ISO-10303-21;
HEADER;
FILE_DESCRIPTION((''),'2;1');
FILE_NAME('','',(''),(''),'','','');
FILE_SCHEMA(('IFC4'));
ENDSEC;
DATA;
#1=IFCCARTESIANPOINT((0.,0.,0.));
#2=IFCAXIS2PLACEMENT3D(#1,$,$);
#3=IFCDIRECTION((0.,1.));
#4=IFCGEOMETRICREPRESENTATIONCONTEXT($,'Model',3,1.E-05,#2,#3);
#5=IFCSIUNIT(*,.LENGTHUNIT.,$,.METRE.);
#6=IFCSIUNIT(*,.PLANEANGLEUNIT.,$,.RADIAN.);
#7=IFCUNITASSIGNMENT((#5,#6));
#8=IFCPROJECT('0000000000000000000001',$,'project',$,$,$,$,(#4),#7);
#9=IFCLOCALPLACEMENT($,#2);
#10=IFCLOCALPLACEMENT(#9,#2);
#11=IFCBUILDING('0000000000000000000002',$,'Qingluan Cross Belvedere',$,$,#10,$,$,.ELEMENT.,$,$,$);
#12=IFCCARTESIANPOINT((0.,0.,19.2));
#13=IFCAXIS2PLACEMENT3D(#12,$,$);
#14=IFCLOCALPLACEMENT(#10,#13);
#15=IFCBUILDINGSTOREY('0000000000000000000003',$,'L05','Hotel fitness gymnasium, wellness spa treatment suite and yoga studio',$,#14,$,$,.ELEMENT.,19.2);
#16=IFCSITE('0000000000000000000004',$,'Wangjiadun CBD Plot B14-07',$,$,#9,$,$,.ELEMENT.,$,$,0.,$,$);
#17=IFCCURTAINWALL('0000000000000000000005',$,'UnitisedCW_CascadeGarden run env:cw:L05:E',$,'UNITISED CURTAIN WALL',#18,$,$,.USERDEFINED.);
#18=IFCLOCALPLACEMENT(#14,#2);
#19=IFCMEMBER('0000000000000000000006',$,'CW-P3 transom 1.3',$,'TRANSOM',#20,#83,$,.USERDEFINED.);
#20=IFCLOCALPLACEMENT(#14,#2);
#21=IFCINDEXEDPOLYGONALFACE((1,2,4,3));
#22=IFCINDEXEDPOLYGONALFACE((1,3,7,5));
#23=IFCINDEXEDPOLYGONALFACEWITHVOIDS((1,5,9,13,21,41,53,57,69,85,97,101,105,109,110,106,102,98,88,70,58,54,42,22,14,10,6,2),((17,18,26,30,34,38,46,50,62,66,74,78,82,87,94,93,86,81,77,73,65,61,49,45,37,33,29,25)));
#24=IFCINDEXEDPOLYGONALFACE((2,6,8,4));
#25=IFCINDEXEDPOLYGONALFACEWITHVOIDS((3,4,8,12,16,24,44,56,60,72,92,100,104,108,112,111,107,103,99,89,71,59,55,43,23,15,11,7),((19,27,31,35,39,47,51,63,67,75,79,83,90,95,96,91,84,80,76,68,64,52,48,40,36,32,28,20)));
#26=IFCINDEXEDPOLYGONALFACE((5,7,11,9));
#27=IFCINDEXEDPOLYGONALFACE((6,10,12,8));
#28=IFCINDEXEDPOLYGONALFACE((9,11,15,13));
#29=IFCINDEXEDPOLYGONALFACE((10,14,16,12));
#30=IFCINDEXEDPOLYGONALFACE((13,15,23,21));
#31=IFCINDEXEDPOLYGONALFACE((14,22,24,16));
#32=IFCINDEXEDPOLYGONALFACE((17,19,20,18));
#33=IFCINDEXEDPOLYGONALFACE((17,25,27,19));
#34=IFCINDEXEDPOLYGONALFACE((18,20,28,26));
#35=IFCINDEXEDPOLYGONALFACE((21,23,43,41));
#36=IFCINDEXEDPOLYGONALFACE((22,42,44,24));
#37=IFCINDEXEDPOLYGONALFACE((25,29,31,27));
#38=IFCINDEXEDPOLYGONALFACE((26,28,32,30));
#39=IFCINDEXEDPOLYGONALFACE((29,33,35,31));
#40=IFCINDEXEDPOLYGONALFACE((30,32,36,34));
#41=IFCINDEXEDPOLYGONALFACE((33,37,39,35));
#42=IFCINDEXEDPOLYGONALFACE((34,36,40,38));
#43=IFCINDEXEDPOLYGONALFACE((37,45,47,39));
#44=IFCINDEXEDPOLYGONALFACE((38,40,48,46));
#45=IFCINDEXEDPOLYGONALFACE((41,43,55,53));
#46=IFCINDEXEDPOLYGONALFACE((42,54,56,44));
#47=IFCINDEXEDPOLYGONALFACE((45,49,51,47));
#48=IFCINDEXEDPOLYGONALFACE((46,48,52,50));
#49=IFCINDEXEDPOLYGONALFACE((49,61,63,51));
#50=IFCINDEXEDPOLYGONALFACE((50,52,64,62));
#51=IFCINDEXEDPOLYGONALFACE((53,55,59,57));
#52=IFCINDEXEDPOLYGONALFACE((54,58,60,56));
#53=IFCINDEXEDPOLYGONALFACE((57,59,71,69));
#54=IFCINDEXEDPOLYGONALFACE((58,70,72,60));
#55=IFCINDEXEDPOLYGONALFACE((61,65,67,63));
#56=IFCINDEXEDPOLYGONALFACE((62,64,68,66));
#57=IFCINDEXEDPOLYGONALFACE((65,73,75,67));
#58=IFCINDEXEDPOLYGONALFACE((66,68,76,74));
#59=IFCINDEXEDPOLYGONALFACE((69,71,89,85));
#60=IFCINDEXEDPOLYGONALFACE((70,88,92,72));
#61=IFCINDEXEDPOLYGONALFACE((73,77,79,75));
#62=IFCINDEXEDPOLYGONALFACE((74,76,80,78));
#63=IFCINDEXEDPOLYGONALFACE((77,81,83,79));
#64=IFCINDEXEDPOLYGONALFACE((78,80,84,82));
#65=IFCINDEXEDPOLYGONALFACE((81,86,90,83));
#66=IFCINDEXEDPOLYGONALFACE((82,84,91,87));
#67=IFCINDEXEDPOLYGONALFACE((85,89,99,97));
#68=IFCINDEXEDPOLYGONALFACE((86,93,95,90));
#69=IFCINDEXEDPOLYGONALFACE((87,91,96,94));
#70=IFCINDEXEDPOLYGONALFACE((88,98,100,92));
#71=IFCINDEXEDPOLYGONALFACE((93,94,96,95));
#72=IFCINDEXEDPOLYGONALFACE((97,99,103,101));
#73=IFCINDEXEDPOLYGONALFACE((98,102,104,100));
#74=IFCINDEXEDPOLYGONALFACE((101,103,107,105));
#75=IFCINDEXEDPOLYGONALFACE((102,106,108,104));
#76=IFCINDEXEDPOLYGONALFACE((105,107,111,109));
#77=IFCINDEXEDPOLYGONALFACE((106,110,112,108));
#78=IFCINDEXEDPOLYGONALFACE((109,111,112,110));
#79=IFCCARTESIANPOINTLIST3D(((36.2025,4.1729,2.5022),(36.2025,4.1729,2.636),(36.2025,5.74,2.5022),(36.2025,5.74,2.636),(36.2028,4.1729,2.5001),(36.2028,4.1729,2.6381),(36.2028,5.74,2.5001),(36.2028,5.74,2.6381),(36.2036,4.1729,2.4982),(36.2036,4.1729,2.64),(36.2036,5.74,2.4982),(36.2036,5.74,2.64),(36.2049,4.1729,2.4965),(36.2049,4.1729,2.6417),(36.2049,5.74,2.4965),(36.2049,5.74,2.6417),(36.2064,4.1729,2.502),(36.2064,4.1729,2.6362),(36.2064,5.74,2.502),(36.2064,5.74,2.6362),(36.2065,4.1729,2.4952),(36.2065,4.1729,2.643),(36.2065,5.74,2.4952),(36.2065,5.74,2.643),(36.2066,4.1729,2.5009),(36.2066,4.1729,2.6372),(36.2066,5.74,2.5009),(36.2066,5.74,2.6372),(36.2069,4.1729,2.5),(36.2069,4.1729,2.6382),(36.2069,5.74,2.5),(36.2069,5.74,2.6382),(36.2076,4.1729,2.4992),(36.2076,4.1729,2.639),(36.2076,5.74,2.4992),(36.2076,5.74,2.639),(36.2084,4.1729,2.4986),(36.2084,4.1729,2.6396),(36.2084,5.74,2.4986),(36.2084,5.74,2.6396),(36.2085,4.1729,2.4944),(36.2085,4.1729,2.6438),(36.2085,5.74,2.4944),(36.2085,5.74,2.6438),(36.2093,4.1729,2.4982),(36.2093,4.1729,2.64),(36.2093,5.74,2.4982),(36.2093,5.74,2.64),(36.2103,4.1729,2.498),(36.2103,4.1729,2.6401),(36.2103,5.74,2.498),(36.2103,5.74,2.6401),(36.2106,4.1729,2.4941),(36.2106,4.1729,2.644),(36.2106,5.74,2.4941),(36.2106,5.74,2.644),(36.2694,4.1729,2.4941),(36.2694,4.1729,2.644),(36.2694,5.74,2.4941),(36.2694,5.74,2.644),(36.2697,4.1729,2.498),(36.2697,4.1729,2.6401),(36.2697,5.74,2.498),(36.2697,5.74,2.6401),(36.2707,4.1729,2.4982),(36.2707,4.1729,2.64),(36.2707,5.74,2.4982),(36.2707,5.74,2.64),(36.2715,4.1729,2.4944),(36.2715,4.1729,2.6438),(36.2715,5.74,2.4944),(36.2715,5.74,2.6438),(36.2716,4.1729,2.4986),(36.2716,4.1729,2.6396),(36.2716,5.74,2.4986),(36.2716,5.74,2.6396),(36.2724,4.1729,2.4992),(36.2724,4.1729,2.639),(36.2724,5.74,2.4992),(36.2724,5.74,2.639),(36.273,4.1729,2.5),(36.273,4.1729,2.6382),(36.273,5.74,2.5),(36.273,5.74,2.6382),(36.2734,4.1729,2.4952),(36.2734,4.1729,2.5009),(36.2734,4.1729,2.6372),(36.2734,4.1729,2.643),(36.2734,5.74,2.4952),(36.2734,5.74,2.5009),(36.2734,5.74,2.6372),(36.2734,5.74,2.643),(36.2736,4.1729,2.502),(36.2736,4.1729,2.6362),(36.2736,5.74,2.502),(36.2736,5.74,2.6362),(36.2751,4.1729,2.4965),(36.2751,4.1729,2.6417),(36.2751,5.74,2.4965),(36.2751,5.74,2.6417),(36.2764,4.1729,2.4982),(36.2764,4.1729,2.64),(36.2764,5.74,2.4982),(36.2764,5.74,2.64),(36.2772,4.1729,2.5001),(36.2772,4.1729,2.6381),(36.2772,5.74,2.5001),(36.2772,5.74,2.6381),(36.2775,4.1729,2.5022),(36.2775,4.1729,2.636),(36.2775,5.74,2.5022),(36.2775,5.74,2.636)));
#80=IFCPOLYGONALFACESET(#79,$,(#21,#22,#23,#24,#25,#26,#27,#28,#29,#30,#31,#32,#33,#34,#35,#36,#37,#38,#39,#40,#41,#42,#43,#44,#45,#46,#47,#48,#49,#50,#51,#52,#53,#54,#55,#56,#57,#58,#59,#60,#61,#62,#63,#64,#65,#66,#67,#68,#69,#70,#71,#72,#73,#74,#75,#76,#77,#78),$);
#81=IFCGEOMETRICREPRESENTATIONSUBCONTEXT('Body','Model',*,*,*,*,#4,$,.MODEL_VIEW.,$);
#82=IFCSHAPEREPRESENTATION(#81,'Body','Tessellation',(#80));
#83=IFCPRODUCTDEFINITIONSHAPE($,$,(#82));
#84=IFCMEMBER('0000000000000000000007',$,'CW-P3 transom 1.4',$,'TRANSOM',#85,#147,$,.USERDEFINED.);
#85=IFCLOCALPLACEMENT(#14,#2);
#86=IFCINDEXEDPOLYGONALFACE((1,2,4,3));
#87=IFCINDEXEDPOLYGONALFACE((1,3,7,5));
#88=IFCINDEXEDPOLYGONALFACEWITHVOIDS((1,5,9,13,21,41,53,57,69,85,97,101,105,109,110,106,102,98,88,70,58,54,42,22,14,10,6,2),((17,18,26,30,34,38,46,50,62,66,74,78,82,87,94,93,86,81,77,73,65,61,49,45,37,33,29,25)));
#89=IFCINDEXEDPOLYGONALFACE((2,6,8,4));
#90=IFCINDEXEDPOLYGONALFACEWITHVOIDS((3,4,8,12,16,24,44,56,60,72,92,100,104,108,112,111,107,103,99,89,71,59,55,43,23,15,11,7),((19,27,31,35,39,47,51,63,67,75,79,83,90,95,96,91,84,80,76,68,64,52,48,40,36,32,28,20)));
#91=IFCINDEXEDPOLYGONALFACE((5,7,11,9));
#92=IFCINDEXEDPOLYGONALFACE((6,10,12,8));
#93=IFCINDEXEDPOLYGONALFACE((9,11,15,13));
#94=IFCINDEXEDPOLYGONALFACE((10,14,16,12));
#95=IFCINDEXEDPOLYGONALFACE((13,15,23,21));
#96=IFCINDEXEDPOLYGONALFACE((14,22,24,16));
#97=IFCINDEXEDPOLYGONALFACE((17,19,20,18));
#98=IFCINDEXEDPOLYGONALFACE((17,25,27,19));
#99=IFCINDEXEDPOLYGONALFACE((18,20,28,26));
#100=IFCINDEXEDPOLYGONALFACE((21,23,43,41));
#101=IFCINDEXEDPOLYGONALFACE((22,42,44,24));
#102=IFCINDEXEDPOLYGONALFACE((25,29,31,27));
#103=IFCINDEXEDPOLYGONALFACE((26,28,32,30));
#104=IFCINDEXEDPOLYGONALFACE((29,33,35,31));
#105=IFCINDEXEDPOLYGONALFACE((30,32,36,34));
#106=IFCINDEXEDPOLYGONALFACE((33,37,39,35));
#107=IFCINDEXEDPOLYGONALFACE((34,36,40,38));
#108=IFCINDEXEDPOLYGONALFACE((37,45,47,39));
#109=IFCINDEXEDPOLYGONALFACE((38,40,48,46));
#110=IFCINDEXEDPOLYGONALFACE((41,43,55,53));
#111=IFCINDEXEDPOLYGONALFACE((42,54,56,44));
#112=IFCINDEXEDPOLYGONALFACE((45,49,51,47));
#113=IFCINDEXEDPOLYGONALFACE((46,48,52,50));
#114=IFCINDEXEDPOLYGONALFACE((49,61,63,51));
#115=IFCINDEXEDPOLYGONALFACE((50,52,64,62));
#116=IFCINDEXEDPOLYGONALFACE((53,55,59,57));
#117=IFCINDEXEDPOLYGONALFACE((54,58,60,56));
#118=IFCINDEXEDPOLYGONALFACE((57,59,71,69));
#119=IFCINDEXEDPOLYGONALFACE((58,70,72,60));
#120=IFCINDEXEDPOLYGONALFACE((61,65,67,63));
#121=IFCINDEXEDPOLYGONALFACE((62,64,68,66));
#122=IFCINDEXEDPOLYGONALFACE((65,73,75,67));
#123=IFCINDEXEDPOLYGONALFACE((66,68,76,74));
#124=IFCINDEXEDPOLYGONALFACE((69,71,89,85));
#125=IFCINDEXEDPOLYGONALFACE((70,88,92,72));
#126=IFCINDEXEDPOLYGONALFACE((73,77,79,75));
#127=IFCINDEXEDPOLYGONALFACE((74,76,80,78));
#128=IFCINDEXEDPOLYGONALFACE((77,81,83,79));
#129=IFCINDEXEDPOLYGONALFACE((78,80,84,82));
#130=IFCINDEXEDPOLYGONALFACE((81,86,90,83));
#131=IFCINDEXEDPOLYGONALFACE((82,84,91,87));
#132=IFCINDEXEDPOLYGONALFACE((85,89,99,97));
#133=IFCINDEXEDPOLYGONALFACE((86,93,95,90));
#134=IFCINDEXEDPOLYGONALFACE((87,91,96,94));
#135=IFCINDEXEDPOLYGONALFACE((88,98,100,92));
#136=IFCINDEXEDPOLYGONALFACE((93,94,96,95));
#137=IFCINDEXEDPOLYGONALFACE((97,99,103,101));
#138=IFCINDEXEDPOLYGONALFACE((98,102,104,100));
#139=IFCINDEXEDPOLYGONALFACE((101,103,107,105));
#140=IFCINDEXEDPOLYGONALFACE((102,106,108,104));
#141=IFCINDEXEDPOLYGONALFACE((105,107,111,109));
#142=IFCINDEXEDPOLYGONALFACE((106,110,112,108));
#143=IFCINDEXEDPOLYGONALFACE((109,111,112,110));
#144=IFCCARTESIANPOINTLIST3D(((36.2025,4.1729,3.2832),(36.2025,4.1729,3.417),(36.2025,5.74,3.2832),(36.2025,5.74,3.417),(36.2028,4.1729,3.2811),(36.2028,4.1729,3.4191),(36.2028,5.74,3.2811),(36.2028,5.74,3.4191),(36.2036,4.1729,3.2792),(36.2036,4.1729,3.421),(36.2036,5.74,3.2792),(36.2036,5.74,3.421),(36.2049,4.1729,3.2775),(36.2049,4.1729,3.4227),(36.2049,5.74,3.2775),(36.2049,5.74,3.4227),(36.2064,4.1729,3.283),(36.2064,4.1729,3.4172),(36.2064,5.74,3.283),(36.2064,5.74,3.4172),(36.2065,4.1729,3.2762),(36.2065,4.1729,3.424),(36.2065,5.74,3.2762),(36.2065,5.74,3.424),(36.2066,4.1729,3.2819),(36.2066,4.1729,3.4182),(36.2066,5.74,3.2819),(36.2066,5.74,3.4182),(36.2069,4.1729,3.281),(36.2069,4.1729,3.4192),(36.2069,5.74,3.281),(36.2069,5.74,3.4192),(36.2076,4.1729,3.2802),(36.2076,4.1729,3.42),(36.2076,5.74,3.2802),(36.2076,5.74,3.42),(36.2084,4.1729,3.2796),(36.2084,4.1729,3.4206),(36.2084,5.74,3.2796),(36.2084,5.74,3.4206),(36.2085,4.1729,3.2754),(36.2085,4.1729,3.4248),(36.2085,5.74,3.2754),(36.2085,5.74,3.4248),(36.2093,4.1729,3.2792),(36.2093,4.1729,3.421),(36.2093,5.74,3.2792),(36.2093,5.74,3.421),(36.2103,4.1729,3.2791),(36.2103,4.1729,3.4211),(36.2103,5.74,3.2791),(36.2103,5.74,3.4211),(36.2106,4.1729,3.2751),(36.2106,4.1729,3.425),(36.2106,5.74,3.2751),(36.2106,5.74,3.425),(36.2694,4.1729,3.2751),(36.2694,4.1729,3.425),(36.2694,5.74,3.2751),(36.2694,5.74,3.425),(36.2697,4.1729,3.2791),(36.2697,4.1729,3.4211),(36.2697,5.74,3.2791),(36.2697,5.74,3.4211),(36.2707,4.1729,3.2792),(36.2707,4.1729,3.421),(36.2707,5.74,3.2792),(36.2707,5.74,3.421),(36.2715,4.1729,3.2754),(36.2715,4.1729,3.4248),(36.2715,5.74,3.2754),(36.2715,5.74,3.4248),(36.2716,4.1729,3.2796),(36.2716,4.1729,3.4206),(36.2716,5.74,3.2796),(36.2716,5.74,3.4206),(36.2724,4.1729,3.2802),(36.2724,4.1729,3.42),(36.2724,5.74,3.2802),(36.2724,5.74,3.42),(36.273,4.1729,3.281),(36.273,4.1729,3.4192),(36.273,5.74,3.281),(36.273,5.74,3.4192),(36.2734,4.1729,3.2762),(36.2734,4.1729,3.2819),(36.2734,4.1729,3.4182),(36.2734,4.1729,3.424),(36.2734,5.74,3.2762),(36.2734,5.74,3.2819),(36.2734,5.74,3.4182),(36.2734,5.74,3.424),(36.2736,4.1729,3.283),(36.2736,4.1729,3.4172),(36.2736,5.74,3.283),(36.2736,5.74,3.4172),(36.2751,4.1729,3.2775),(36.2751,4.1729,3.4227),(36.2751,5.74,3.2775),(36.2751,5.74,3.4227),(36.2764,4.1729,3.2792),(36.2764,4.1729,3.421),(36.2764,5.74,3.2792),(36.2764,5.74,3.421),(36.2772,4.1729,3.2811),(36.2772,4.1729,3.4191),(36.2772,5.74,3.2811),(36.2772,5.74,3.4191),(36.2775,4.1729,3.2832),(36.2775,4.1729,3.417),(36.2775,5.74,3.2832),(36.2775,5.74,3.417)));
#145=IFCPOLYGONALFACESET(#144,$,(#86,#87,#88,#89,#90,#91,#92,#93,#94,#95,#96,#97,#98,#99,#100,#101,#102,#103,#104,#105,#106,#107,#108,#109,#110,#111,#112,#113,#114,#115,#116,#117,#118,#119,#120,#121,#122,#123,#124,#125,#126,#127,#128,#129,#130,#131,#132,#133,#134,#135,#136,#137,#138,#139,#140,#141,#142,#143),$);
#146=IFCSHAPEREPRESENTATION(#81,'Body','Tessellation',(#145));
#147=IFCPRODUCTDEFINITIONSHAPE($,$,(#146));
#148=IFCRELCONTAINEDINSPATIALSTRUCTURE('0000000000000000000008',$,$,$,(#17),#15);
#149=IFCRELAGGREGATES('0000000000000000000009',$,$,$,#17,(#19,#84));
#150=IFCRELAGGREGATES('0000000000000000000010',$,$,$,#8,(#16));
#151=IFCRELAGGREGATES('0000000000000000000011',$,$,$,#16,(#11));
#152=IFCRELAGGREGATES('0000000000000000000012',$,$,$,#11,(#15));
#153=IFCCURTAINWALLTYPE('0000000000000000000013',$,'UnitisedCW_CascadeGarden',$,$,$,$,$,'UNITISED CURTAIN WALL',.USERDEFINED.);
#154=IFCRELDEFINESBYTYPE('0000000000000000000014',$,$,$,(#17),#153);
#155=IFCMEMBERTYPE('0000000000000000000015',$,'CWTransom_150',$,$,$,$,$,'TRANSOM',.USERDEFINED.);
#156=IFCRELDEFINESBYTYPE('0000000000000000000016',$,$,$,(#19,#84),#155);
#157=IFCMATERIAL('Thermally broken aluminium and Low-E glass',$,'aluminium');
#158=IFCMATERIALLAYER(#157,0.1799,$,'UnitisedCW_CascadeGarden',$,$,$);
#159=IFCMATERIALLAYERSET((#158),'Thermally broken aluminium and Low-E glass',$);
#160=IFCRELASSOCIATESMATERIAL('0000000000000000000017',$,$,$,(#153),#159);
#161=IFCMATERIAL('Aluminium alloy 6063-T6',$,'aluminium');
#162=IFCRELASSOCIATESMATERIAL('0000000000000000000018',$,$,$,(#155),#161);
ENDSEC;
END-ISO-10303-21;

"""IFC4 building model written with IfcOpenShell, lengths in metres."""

from ifc_helpers import new_model, si_unit, direction, frame, origin, origin_2d, place, context, subcontext, project, spatial, hollow_rectangle, extrude, material, layer, layer_set, material_profile, profile_set, type_object, element, aggregate, save


model = new_model("IFC4")

# Units and contexts
model_context = context("Model", 3, precision=1e-05, world=origin(), true_north=direction((0.0, 1.0)))
body_context = subcontext(model_context, "Body", "Model", "MODEL_VIEW")
ifc_project = project(units=[si_unit("LENGTHUNIT", "METRE"), si_unit("PLANEANGLEUNIT", "RADIAN")], contexts=[model_context])

# Site, building, storey
site_placement = place(None, origin())
site = spatial("IfcSite", under=ifc_project, at=site_placement, Name="Wangjiadun CBD Plot B14-07", CompositionType="ELEMENT", RefElevation=0.0)
building_placement = place(site_placement, origin())
building = spatial("IfcBuilding", under=site, at=building_placement, Name="Qingluan Cross Belvedere", CompositionType="ELEMENT")
storey_placement = place(building_placement, frame((0.0, 0.0, 19.2)))
storey = spatial("IfcBuildingStorey", under=building, at=storey_placement, Name="L05", Description="Hotel fitness gymnasium, wellness spa treatment suite and yoga studio", CompositionType="ELEMENT", Elevation=19.2)

# Curtain wall, members
ifc_material_1 = material(Name="Thermally broken aluminium and Low-E glass", Category="aluminium")
ifc_layer_1 = layer(ifc_material_1, 0.1799, Name="UnitisedCW_CascadeGarden")
ifc_layer_set_1 = layer_set([ifc_layer_1], Name="Thermally broken aluminium and Low-E glass")
curtain_wall_type = type_object("IfcCurtainWallType", Name="UnitisedCW_CascadeGarden", ElementType="UNITISED CURTAIN WALL", PredefinedType="USERDEFINED", material=ifc_layer_set_1)
curtain_wall_placement = place(storey_placement, origin())
curtain_wall = element("IfcCurtainWall", 1, at=curtain_wall_placement, inside=storey, type_object=curtain_wall_type, Name="UnitisedCW_CascadeGarden run env:cw:L05:E", ObjectType="UNITISED CURTAIN WALL", PredefinedType="USERDEFINED")
ifc_material_2 = material(Name="Aluminium alloy 6063-T6", Category="aluminium")
ifc_material_profile_1 = material_profile(ifc_material_2, hollow_rectangle(XDim=0.075, YDim=0.1499, WallThickness=0.0039, InnerFilletRadius=0.0039, OuterFilletRadius=0.0081, at=origin_2d()), Name="CWT150x75x4")
ifc_profile_set_1 = profile_set([ifc_material_profile_1], Name="Aluminium alloy 6063-T6")
member_type_1 = type_object("IfcMemberType", Name="CWTransom_150", ElementType="TRANSOM", PredefinedType="USERDEFINED", material=ifc_profile_set_1)
member_1_placement = place(storey_placement, frame((36.24, 5.74, 2.5691), z_axis=(0.0, -1.0, 0.0), x_axis=(1.0, 0.0, 0.0)))
member_1 = element("IfcMember", 2, at=member_1_placement, type_object=member_type_1, Name="CW-P3 transom 1.3", ObjectType="TRANSOM", PredefinedType="USERDEFINED", context=body_context, shape_type="SweptSolid", body=[
    extrude(hollow_rectangle(XDim=0.075, YDim=0.1499, WallThickness=0.0039, InnerFilletRadius=0.0039, OuterFilletRadius=0.0081, at=origin_2d()), origin(), (0.0, 0.0, 1.0), 1.5671),
])
member_2_placement = place(storey_placement, frame((36.24, 5.74, 3.3501), z_axis=(0.0, -1.0, 0.0), x_axis=(1.0, 0.0, 0.0)))
member_2 = element("IfcMember", 3, at=member_2_placement, type_object=member_type_1, Name="CW-P3 transom 1.4", ObjectType="TRANSOM", PredefinedType="USERDEFINED", context=body_context, shape_type="SweptSolid", body=[
    extrude(hollow_rectangle(XDim=0.075, YDim=0.1499, WallThickness=0.0039, InnerFilletRadius=0.0039, OuterFilletRadius=0.0081, at=origin_2d()), origin(), (0.0, 0.0, 1.0), 1.5671),
])
aggregate(curtain_wall, [member_1, member_2])

save(model, "model.ifc")
